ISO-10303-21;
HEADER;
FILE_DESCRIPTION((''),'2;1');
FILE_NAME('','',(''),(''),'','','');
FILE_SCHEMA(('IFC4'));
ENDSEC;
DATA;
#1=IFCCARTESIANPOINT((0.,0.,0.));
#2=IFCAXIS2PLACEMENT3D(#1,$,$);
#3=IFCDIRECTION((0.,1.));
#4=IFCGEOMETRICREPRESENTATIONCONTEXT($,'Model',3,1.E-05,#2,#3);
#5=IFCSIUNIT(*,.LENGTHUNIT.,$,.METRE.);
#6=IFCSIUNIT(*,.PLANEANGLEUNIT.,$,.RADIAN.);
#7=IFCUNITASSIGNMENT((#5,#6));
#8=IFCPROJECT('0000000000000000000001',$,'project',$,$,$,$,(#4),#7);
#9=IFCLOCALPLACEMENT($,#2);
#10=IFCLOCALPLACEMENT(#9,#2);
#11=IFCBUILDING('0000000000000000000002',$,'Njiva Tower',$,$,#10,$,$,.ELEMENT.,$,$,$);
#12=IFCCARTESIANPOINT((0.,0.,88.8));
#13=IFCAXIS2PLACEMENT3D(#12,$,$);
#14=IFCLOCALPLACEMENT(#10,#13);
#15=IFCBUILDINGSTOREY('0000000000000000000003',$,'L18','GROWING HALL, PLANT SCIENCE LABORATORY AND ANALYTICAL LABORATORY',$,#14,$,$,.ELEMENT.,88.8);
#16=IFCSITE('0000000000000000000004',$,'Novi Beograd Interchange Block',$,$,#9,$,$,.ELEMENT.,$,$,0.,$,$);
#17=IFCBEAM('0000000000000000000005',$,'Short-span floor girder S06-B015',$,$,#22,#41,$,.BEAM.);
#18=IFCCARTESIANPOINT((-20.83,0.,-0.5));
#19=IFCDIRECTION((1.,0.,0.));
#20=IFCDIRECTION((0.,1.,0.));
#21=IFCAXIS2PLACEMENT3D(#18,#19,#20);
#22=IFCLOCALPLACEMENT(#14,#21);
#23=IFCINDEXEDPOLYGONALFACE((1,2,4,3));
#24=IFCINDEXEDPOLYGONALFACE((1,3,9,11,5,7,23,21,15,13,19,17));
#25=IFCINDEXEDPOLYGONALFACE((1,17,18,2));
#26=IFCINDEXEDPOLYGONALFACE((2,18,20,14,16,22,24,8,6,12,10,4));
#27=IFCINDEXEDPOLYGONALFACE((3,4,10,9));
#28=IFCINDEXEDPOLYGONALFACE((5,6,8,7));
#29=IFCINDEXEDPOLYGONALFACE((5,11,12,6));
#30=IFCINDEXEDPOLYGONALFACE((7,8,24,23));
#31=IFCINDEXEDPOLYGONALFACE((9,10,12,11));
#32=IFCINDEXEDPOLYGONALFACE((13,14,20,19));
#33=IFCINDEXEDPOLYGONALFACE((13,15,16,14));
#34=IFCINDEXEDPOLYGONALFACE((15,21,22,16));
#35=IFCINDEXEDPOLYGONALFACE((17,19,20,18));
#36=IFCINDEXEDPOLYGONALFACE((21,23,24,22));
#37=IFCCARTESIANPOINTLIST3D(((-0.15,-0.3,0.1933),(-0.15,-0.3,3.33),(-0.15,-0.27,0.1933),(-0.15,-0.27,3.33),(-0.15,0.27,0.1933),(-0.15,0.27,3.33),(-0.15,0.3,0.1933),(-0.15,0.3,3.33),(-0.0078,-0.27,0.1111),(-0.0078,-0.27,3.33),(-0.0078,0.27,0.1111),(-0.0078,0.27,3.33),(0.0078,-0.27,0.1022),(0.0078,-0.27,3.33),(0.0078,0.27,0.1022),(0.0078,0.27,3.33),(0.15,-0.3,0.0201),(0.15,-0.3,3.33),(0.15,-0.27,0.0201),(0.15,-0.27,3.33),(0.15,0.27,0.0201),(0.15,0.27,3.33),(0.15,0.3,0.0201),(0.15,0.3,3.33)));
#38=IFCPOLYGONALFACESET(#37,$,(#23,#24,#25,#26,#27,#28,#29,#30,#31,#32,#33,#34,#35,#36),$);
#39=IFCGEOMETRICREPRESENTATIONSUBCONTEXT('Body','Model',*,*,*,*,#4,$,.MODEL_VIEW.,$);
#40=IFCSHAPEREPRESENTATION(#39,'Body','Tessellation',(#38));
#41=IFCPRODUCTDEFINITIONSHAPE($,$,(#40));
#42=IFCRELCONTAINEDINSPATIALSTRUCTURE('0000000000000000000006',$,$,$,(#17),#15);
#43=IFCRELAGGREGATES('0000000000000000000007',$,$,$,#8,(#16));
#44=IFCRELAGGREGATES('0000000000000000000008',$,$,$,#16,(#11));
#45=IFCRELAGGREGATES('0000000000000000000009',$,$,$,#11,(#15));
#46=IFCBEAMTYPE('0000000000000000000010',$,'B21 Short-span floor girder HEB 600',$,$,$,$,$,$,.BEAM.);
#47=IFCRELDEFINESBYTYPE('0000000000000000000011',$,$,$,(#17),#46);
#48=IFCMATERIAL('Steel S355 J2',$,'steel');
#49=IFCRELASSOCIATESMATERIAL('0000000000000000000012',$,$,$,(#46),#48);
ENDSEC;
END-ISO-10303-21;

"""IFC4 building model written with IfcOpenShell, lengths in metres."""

from ifc_helpers import new_model, si_unit, direction, frame, origin, origin_2d, place, context, subcontext, project, spatial, i_section, extrude, clip, halfspace, material, material_profile, profile_set, type_object, element, save


model = new_model("IFC4")

# Units and contexts
model_context = context("Model", 3, precision=1e-05, world=origin(), true_north=direction((0.0, 1.0)))
body_context = subcontext(model_context, "Body", "Model", "MODEL_VIEW")
ifc_project = project(units=[si_unit("LENGTHUNIT", "METRE"), si_unit("PLANEANGLEUNIT", "RADIAN")], contexts=[model_context])

# Site, building, storey
site_placement = place(None, origin())
site = spatial("IfcSite", under=ifc_project, at=site_placement, Name="Novi Beograd Interchange Block", CompositionType="ELEMENT", RefElevation=0.0)
building_placement = place(site_placement, origin())
building = spatial("IfcBuilding", under=site, at=building_placement, Name="Njiva Tower", CompositionType="ELEMENT")
storey_placement = place(building_placement, frame((0.0, 0.0, 88.8)))
storey = spatial("IfcBuildingStorey", under=building, at=storey_placement, Name="L18", Description="GROWING HALL, PLANT SCIENCE LABORATORY AND ANALYTICAL LABORATORY", CompositionType="ELEMENT", Elevation=88.8)

# Shared definitions
ifc_material_1 = material(Name="Steel S355 J2", Category="steel")

# Beam
ifc_material_profile_1 = material_profile(ifc_material_1, i_section(OverallWidth=0.3, OverallDepth=0.6, WebThickness=0.0155, FlangeThickness=0.03, at=origin_2d()), Name="HEB 600")
ifc_profile_set_1 = profile_set([ifc_material_profile_1], Name="Steel S355 J2")
beam_type_1 = type_object("IfcBeamType", Name="B21 Short-span floor girder HEB 600", PredefinedType="BEAM", material=ifc_profile_set_1)
beam_1_placement = place(storey_placement, frame((-20.83, 0.0, -0.5), z_axis=(1.0, 0.0, 0.0), x_axis=(0.0, 1.0, 0.0)))
element("IfcBeam", 1, at=beam_1_placement, inside=storey, type_object=beam_type_1, Name="Short-span floor girder S06-B015", PredefinedType="BEAM", context=body_context, shape_type="Clipping", body=[
    clip(extrude(i_section(OverallWidth=0.3, OverallDepth=0.6, WebThickness=0.0155, FlangeThickness=0.03, at=origin_2d()), origin(), (0.0, 0.0, 1.0), 3.33), halfspace(frame((-0.025, 0.0, 0.1211), z_axis=(-0.499998, 0.0, -0.866027), x_axis=(0.0, -1.0, 0.0)), False)),
])

save(model, "model.ifc")
